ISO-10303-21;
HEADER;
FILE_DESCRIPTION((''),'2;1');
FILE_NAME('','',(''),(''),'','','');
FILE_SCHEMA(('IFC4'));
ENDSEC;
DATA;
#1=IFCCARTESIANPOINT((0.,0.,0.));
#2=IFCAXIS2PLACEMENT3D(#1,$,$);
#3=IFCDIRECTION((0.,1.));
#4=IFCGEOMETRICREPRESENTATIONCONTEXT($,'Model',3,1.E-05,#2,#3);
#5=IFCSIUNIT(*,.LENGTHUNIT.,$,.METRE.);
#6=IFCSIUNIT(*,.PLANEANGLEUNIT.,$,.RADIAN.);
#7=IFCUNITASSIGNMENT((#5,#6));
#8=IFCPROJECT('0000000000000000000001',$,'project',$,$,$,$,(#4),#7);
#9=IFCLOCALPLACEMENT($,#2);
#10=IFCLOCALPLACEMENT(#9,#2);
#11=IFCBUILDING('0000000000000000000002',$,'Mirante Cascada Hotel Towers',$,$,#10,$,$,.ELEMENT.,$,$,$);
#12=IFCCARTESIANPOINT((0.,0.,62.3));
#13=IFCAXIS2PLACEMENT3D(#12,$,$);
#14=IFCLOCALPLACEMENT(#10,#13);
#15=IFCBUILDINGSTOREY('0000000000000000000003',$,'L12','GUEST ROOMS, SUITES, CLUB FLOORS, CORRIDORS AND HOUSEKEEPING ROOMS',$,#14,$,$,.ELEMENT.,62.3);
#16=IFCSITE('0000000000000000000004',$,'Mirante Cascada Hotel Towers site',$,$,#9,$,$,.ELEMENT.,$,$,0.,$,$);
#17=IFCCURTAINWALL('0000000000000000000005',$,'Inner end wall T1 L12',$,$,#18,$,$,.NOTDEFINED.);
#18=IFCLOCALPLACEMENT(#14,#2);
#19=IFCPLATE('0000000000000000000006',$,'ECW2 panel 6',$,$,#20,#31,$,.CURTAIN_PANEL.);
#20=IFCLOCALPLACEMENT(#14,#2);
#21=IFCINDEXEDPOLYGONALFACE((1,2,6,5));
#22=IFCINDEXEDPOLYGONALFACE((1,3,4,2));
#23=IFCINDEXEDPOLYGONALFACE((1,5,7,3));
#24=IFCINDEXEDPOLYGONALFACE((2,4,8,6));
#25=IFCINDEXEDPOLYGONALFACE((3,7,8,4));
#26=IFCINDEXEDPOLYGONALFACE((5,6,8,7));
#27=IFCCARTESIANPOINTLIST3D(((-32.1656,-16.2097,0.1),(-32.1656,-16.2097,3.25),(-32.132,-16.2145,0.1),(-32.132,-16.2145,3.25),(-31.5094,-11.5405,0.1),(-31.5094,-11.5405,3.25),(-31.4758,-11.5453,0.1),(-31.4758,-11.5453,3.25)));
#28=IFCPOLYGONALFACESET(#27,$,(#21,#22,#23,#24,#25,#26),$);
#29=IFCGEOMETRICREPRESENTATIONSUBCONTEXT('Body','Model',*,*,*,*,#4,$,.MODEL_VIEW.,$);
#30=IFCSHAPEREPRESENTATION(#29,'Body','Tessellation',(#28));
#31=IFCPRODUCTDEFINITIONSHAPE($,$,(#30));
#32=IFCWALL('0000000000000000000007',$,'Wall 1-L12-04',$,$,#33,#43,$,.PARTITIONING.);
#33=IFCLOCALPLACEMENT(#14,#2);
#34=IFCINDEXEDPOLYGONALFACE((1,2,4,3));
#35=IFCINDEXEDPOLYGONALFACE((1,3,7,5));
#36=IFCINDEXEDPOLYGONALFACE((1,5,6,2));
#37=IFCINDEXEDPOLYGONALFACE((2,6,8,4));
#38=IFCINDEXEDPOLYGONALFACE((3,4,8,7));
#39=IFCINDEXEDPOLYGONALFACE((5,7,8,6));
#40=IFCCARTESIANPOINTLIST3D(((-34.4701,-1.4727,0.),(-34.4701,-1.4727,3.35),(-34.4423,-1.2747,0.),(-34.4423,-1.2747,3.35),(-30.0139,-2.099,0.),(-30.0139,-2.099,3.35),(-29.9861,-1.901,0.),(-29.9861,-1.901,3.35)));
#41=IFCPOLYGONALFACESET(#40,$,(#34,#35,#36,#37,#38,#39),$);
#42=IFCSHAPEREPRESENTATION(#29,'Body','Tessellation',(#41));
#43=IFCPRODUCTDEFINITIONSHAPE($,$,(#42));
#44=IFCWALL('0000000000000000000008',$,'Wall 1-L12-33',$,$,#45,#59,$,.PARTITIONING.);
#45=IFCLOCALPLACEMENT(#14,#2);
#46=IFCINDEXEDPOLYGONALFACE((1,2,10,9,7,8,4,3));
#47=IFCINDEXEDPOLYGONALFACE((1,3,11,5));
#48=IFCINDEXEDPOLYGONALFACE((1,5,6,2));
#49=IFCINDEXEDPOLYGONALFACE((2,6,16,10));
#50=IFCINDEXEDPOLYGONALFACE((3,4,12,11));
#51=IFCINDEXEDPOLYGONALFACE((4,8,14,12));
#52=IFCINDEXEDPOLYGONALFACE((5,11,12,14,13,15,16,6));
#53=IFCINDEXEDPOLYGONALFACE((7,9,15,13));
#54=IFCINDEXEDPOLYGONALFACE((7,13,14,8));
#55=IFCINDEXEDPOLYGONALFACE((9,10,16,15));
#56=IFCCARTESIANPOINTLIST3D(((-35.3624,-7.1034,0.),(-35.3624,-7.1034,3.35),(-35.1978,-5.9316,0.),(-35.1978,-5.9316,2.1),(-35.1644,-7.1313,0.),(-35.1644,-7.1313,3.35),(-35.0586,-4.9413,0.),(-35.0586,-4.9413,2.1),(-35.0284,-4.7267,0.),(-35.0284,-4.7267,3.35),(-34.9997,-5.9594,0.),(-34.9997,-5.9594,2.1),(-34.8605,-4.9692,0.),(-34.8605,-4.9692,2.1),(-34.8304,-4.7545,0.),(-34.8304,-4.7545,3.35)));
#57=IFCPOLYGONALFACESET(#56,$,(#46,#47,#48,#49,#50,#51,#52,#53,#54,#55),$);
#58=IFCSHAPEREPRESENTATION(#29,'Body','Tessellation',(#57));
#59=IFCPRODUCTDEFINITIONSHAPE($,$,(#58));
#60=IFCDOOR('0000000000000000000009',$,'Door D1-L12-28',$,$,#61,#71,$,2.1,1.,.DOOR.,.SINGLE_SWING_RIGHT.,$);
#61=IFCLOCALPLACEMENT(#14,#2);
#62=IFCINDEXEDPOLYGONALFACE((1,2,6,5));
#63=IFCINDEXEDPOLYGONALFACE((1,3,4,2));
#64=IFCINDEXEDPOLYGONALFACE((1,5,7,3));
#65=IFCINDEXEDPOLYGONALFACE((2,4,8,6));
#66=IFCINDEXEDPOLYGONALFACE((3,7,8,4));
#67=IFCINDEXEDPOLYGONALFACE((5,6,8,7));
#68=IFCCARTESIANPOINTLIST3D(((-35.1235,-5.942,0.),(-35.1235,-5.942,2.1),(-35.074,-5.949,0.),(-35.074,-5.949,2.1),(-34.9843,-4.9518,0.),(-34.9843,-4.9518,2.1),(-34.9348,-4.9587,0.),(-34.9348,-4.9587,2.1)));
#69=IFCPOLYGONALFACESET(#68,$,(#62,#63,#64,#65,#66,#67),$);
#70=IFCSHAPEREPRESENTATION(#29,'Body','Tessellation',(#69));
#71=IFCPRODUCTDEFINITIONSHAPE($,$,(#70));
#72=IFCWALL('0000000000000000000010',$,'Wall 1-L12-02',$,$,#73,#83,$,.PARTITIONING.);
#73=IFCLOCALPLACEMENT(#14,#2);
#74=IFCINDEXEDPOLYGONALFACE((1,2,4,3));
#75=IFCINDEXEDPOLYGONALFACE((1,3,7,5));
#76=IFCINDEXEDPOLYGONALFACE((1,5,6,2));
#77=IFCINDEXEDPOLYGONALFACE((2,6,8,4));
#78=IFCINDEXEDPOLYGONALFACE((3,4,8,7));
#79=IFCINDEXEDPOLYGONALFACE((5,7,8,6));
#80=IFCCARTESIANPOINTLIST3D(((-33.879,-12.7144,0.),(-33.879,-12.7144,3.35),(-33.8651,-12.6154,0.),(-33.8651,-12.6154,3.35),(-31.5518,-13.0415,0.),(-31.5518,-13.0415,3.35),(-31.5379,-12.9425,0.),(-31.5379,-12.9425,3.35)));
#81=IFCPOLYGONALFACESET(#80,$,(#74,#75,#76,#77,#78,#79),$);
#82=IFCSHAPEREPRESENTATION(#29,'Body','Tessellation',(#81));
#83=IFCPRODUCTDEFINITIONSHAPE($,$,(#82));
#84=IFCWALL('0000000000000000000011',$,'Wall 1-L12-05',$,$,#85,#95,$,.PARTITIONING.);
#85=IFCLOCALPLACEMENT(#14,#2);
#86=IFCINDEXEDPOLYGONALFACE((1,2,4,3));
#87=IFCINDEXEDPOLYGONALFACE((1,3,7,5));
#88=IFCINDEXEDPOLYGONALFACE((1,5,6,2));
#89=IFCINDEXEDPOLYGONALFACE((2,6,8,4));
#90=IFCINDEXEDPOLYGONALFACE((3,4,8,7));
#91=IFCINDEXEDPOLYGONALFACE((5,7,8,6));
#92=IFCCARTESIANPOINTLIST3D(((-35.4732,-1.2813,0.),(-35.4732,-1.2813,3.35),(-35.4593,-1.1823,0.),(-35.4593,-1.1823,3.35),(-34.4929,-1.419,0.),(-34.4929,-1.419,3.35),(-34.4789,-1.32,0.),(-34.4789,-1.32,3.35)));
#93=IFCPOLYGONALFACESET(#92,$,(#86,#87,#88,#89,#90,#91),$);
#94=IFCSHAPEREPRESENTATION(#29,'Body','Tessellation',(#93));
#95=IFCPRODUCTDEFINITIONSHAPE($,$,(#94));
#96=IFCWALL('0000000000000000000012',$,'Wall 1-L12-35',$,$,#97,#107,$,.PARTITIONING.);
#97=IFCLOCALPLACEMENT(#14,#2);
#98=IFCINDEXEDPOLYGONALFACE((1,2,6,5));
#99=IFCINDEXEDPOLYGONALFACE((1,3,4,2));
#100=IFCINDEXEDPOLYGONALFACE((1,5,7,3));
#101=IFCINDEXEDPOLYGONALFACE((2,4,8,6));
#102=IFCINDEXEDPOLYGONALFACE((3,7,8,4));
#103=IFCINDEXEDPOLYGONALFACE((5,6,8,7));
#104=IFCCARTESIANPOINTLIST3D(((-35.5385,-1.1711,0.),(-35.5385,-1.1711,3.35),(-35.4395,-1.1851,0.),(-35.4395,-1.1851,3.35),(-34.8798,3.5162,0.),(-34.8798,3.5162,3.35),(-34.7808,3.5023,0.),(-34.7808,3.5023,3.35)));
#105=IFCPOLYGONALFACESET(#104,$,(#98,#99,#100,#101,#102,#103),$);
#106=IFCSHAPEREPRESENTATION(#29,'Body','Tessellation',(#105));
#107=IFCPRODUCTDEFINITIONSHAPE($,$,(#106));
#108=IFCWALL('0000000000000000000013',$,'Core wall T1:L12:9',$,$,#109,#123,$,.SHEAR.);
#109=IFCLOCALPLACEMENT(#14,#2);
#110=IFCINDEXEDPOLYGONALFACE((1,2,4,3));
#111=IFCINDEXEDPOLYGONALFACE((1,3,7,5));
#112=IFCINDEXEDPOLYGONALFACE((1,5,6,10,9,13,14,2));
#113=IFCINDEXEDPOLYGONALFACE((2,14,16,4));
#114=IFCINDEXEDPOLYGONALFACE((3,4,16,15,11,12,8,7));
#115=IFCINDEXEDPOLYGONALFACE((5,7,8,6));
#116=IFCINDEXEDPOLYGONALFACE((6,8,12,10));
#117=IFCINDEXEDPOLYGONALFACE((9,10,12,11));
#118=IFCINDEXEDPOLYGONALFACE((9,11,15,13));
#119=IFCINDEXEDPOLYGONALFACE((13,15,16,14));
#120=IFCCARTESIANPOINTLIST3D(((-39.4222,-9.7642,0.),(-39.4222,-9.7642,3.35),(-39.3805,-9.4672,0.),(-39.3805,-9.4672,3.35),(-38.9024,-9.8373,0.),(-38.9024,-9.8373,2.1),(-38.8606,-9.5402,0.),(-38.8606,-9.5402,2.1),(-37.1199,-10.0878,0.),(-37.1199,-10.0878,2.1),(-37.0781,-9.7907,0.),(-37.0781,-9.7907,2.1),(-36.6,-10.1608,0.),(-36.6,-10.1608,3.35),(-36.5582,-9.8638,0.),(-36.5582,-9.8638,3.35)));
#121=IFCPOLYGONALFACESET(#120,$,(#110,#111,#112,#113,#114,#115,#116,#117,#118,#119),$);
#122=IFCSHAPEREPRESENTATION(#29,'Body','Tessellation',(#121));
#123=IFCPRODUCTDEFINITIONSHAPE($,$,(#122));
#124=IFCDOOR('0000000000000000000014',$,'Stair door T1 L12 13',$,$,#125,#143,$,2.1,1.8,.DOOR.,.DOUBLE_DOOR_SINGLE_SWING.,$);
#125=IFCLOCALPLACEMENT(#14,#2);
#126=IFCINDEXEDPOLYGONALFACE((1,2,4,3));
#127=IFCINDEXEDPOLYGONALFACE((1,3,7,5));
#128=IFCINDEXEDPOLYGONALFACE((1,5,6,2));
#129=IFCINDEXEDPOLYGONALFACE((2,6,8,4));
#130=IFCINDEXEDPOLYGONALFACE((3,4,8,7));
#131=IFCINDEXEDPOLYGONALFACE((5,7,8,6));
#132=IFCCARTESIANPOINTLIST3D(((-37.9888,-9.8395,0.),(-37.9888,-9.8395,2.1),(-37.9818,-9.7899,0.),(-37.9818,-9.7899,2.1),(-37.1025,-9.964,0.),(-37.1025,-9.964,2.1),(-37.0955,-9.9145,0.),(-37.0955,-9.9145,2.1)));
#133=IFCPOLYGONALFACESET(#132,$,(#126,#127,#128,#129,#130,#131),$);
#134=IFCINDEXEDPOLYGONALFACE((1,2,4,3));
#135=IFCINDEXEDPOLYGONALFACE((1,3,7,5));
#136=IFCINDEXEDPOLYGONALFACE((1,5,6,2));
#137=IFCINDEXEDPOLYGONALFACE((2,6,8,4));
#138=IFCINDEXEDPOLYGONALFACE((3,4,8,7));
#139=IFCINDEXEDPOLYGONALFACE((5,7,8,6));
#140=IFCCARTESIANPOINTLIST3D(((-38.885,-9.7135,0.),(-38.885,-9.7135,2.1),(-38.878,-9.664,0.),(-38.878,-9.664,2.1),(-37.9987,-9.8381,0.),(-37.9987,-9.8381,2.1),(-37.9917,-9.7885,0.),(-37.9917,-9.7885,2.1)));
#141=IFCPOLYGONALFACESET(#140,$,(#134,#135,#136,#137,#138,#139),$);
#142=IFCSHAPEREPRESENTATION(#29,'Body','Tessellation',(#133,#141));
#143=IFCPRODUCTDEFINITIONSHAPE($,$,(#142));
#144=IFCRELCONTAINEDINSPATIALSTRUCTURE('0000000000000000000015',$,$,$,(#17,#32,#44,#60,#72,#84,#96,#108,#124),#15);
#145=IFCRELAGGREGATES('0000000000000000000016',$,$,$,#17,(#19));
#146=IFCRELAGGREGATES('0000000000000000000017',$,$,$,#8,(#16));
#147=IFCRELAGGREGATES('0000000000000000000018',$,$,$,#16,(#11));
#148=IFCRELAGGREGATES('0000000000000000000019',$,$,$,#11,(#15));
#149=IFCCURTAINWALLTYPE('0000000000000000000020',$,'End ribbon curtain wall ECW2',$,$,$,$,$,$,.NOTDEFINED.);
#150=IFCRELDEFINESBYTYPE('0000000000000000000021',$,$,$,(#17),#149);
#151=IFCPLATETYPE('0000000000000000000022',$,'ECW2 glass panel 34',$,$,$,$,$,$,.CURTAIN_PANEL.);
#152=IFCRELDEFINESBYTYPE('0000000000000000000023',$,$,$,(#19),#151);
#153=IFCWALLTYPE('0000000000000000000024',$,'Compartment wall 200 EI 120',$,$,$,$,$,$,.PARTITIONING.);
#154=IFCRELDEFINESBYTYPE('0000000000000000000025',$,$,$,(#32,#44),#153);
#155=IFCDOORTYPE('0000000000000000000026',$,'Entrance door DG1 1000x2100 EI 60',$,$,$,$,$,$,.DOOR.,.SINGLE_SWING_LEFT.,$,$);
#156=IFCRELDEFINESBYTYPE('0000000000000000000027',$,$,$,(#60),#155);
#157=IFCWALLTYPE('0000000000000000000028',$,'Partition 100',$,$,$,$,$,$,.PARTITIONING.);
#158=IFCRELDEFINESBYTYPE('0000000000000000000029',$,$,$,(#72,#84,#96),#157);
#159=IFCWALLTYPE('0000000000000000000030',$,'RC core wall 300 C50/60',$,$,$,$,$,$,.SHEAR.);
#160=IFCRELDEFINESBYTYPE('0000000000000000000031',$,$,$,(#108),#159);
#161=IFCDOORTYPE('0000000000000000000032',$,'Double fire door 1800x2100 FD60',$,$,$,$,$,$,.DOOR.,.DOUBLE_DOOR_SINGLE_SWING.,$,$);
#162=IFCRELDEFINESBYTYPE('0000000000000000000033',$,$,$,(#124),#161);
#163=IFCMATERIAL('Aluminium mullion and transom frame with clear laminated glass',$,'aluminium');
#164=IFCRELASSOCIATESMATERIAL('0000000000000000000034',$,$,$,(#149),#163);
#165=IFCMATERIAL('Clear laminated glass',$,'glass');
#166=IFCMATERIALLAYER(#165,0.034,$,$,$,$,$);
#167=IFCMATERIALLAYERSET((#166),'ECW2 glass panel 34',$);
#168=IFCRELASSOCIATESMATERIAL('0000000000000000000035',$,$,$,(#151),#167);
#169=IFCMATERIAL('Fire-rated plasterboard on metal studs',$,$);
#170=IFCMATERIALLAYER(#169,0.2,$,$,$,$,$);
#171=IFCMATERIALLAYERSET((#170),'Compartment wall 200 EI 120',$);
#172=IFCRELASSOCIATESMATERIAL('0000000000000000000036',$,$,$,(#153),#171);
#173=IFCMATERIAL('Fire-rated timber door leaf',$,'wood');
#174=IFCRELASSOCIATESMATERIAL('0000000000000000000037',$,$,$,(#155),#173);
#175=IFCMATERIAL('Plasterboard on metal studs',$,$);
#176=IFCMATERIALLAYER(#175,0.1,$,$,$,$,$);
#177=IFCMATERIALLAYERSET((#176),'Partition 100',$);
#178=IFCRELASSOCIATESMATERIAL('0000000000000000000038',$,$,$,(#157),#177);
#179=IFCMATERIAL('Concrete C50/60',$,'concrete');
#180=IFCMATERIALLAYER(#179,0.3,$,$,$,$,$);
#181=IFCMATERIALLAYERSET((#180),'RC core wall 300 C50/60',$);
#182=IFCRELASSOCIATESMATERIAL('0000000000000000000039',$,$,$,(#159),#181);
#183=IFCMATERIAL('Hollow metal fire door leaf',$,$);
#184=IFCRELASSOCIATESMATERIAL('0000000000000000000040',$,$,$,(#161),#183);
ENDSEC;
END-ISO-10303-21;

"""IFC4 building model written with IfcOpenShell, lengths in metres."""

from ifc_helpers import new_model, si_unit, direction, frame, frame_2d, origin, origin_2d, place, context, subcontext, project, spatial, rectangle, extrude, material, layer, layer_set, type_object, element, fill, aggregate, save


model = new_model("IFC4")

# Units and contexts
model_context = context("Model", 3, precision=1e-05, world=origin(), true_north=direction((0.0, 1.0)))
body_context = subcontext(model_context, "Body", "Model", "MODEL_VIEW")
ifc_project = project(units=[si_unit("LENGTHUNIT", "METRE"), si_unit("PLANEANGLEUNIT", "RADIAN")], contexts=[model_context])

# Site, building, storey
site_placement = place(None, origin())
site = spatial("IfcSite", under=ifc_project, at=site_placement, Name="Mirante Cascada Hotel Towers site", CompositionType="ELEMENT", RefElevation=0.0)
building_placement = place(site_placement, origin())
building = spatial("IfcBuilding", under=site, at=building_placement, Name="Mirante Cascada Hotel Towers", CompositionType="ELEMENT")
storey_placement = place(building_placement, frame((0.0, 0.0, 62.3)))
storey = spatial("IfcBuildingStorey", under=building, at=storey_placement, Name="L12", Description="GUEST ROOMS, SUITES, CLUB FLOORS, CORRIDORS AND HOUSEKEEPING ROOMS", CompositionType="ELEMENT", Elevation=62.3)

# Curtain wall, plate
ifc_material_1 = material(Name="Aluminium mullion and transom frame with clear laminated glass", Category="aluminium")
curtain_wall_type = type_object("IfcCurtainWallType", Name="End ribbon curtain wall ECW2", PredefinedType="NOTDEFINED", material=ifc_material_1)
curtain_wall_placement = place(storey_placement, origin())
curtain_wall = element("IfcCurtainWall", 1, at=curtain_wall_placement, inside=storey, type_object=curtain_wall_type, Name="Inner end wall T1 L12", PredefinedType="NOTDEFINED")
ifc_material_2 = material(Name="Clear laminated glass", Category="glass")
ifc_layer_1 = layer(ifc_material_2, 0.034)
ifc_layer_set_1 = layer_set([ifc_layer_1], Name="ECW2 glass panel 34")
plate_type = type_object("IfcPlateType", Name="ECW2 glass panel 34", PredefinedType="CURTAIN_PANEL", material=ifc_layer_set_1)
plate_placement = place(storey_placement, frame((-31.8207, -13.8775, 0.1), z_axis=(0.0, 0.0, 1.0), x_axis=(-0.139173, -0.990268, 0.0)))
plate = element("IfcPlate", 2, at=plate_placement, type_object=plate_type, Name="ECW2 panel 6", PredefinedType="CURTAIN_PANEL", context=body_context, shape_type="SweptSolid", body=[
    extrude(rectangle(XDim=4.7151, YDim=0.034, at=origin_2d()), origin(), (0.0, 0.0, 1.0), 3.15),
])
aggregate(curtain_wall, [plate])

# Wall
ifc_material_3 = material(Name="Fire-rated plasterboard on metal studs")
ifc_layer_2 = layer(ifc_material_3, 0.2)
ifc_layer_set_2 = layer_set([ifc_layer_2], Name="Compartment wall 200 EI 120")
wall_type_1 = type_object("IfcWallType", Name="Compartment wall 200 EI 120", PredefinedType="PARTITIONING", material=ifc_layer_set_2)
wall_1_placement = place(storey_placement, frame((-34.4562, -1.3737, 0.0), z_axis=(0.0, 0.0, 1.0), x_axis=(0.990267, -0.139178, 0.0)))
element("IfcWall", 3, at=wall_1_placement, inside=storey, type_object=wall_type_1, Name="Wall 1-L12-04", PredefinedType="PARTITIONING", context=body_context, shape_type="SweptSolid", body=[
    extrude(rectangle(XDim=4.5, YDim=0.2, at=frame_2d((2.25, 0.0))), origin(), (0.0, 0.0, 1.0), 3.35),
])

# Wall, opening, door
wall_2_placement = place(storey_placement, frame((-35.2634, -7.1173, 0.0), z_axis=(0.0, 0.0, 1.0), x_axis=(0.139163, 0.990269, 0.0)))
wall_2 = element("IfcWall", 4, at=wall_2_placement, inside=storey, type_object=wall_type_1, Name="Wall 1-L12-33", PredefinedType="PARTITIONING", context=body_context, shape_type="SweptSolid", body=[
    extrude(rectangle(XDim=2.4001, YDim=0.2, at=frame_2d((1.2, 0.0))), origin(), (0.0, 0.0, 1.0), 3.35),
])
opening_1_placement = place(wall_2_placement, frame((1.1833, 0.0, 0.0)))
opening_1 = element("IfcOpeningElement", 5, at=opening_1_placement, cuts=wall_2, PredefinedType="OPENING", context=body_context, shape_type="SweptSolid", body=[
    extrude(rectangle(XDim=1.0, YDim=2.1, at=frame_2d((0.5, 1.05))), frame((0.0, 0.1, 0.0), z_axis=(0.0, -1.0, 0.0), x_axis=(1.0, 0.0, 0.0)), (0.0, 0.0, 1.0), 0.2),
])
ifc_material_4 = material(Name="Fire-rated timber door leaf", Category="wood")
door_type_1 = type_object("IfcDoorType", Name="Entrance door DG1 1000x2100 EI 60", OperationType="SINGLE_SWING_LEFT", PredefinedType="DOOR", material=ifc_material_4)
door_1_placement = place(opening_1_placement, frame((1.0, 0.0, 0.0), z_axis=(0.0, 0.0, 1.0), x_axis=(-1.0, 0.0, 0.0)))
door_1 = element("IfcDoor", 6, at=door_1_placement, inside=storey, type_object=door_type_1, Name="Door D1-L12-28", OperationType="SINGLE_SWING_RIGHT", OverallHeight=2.1, OverallWidth=1.0, PredefinedType="DOOR", context=body_context, shape_type="SweptSolid", body=[
    extrude(rectangle(XDim=1.0, YDim=2.1, at=frame_2d((0.5, 1.05))), frame((0.0, 0.025, 0.0), z_axis=(0.0, -1.0, 0.0), x_axis=(1.0, 0.0, 0.0)), (0.0, 0.0, 1.0), 0.05),
])
fill(opening_1, door_1)

# Walls
ifc_material_5 = material(Name="Plasterboard on metal studs")
ifc_layer_3 = layer(ifc_material_5, 0.1)
ifc_layer_set_3 = layer_set([ifc_layer_3], Name="Partition 100")
wall_type_2 = type_object("IfcWallType", Name="Partition 100", PredefinedType="PARTITIONING", material=ifc_layer_set_3)
wall_3_placement = place(storey_placement, frame((-33.872, -12.6649, 0.0), z_axis=(0.0, 0.0, 1.0), x_axis=(0.990266, -0.139187, 0.0)))
element("IfcWall", 7, at=wall_3_placement, inside=storey, type_object=wall_type_2, Name="Wall 1-L12-02", PredefinedType="PARTITIONING", context=body_context, shape_type="SweptSolid", body=[
    extrude(rectangle(XDim=2.3501, YDim=0.1, at=frame_2d((1.175, 0.0))), origin(), (0.0, 0.0, 1.0), 3.35),
])
wall_4_placement = place(storey_placement, frame((-34.4859, -1.3695, 0.0), z_axis=(0.0, 0.0, 1.0), x_axis=(-0.99028, 0.139088, 0.0)))
element("IfcWall", 8, at=wall_4_placement, inside=storey, type_object=wall_type_2, Name="Wall 1-L12-05", PredefinedType="PARTITIONING", context=body_context, shape_type="SweptSolid", body=[
    extrude(rectangle(XDim=0.99, YDim=0.1, at=frame_2d((0.495, 0.0))), origin(), (0.0, 0.0, 1.0), 3.35),
])
wall_5_placement = place(storey_placement, frame((-35.489, -1.1781, 0.0), z_axis=(0.0, 0.0, 1.0), x_axis=(0.139161, 0.99027, 0.0)))
element("IfcWall", 9, at=wall_5_placement, inside=storey, type_object=wall_type_2, Name="Wall 1-L12-35", PredefinedType="PARTITIONING", context=body_context, shape_type="SweptSolid", body=[
    extrude(rectangle(XDim=4.7334, YDim=0.1, at=frame_2d((2.3667, 0.0))), origin(), (0.0, 0.0, 1.0), 3.35),
])

# Wall, opening, door
ifc_material_6 = material(Name="Concrete C50/60", Category="concrete")
ifc_layer_4 = layer(ifc_material_6, 0.3)
ifc_layer_set_4 = layer_set([ifc_layer_4], Name="RC core wall 300 C50/60")
wall_type_3 = type_object("IfcWallType", Name="RC core wall 300 C50/60", PredefinedType="SHEAR", material=ifc_layer_set_4)
wall_6_placement = place(storey_placement, frame((-36.5791, -10.0123, 0.0), z_axis=(0.0, 0.0, 1.0), x_axis=(-0.99027, 0.139156, 0.0)))
wall_6 = element("IfcWall", 10, at=wall_6_placement, inside=storey, type_object=wall_type_3, Name="Core wall T1:L12:9", PredefinedType="SHEAR", context=body_context, shape_type="SweptSolid", body=[
    extrude(rectangle(XDim=2.85, YDim=0.3, at=frame_2d((1.425, 0.0))), origin(), (0.0, 0.0, 1.0), 3.35),
])
opening_2_placement = place(wall_6_placement, frame((0.525, 0.0, 0.0)))
opening_2 = element("IfcOpeningElement", 11, at=opening_2_placement, cuts=wall_6, PredefinedType="OPENING", context=body_context, shape_type="SweptSolid", body=[
    extrude(rectangle(XDim=1.8, YDim=2.1, at=frame_2d((0.9, 1.05))), frame((0.0, 0.15, 0.0), z_axis=(0.0, -1.0, 0.0), x_axis=(1.0, 0.0, 0.0)), (0.0, 0.0, 1.0), 0.3),
])
ifc_material_7 = material(Name="Hollow metal fire door leaf")
door_type_2 = type_object("IfcDoorType", Name="Double fire door 1800x2100 FD60", OperationType="DOUBLE_DOOR_SINGLE_SWING", PredefinedType="DOOR", material=ifc_material_7)
door_2_placement = place(opening_2_placement, origin())
door_2 = element("IfcDoor", 12, at=door_2_placement, inside=storey, type_object=door_type_2, Name="Stair door T1 L12 13", OperationType="DOUBLE_DOOR_SINGLE_SWING", OverallHeight=2.1, OverallWidth=1.8, PredefinedType="DOOR", context=body_context, shape_type="SweptSolid", body=[
    extrude(rectangle(XDim=0.895, YDim=2.1, at=frame_2d((0.4475, 1.05))), frame((0.0, 0.025, 0.0), z_axis=(0.0, -1.0, 0.0), x_axis=(1.0, 0.0, 0.0)), (0.0, 0.0, 1.0), 0.05),
    extrude(rectangle(XDim=0.895, YDim=2.1, at=frame_2d((1.3525, 1.05))), frame((0.0, 0.025, 0.0), z_axis=(0.0, -1.0, 0.0), x_axis=(1.0, 0.0, 0.0)), (0.0, 0.0, 1.0), 0.05),
])
fill(opening_2, door_2)

save(model, "model.ifc")
